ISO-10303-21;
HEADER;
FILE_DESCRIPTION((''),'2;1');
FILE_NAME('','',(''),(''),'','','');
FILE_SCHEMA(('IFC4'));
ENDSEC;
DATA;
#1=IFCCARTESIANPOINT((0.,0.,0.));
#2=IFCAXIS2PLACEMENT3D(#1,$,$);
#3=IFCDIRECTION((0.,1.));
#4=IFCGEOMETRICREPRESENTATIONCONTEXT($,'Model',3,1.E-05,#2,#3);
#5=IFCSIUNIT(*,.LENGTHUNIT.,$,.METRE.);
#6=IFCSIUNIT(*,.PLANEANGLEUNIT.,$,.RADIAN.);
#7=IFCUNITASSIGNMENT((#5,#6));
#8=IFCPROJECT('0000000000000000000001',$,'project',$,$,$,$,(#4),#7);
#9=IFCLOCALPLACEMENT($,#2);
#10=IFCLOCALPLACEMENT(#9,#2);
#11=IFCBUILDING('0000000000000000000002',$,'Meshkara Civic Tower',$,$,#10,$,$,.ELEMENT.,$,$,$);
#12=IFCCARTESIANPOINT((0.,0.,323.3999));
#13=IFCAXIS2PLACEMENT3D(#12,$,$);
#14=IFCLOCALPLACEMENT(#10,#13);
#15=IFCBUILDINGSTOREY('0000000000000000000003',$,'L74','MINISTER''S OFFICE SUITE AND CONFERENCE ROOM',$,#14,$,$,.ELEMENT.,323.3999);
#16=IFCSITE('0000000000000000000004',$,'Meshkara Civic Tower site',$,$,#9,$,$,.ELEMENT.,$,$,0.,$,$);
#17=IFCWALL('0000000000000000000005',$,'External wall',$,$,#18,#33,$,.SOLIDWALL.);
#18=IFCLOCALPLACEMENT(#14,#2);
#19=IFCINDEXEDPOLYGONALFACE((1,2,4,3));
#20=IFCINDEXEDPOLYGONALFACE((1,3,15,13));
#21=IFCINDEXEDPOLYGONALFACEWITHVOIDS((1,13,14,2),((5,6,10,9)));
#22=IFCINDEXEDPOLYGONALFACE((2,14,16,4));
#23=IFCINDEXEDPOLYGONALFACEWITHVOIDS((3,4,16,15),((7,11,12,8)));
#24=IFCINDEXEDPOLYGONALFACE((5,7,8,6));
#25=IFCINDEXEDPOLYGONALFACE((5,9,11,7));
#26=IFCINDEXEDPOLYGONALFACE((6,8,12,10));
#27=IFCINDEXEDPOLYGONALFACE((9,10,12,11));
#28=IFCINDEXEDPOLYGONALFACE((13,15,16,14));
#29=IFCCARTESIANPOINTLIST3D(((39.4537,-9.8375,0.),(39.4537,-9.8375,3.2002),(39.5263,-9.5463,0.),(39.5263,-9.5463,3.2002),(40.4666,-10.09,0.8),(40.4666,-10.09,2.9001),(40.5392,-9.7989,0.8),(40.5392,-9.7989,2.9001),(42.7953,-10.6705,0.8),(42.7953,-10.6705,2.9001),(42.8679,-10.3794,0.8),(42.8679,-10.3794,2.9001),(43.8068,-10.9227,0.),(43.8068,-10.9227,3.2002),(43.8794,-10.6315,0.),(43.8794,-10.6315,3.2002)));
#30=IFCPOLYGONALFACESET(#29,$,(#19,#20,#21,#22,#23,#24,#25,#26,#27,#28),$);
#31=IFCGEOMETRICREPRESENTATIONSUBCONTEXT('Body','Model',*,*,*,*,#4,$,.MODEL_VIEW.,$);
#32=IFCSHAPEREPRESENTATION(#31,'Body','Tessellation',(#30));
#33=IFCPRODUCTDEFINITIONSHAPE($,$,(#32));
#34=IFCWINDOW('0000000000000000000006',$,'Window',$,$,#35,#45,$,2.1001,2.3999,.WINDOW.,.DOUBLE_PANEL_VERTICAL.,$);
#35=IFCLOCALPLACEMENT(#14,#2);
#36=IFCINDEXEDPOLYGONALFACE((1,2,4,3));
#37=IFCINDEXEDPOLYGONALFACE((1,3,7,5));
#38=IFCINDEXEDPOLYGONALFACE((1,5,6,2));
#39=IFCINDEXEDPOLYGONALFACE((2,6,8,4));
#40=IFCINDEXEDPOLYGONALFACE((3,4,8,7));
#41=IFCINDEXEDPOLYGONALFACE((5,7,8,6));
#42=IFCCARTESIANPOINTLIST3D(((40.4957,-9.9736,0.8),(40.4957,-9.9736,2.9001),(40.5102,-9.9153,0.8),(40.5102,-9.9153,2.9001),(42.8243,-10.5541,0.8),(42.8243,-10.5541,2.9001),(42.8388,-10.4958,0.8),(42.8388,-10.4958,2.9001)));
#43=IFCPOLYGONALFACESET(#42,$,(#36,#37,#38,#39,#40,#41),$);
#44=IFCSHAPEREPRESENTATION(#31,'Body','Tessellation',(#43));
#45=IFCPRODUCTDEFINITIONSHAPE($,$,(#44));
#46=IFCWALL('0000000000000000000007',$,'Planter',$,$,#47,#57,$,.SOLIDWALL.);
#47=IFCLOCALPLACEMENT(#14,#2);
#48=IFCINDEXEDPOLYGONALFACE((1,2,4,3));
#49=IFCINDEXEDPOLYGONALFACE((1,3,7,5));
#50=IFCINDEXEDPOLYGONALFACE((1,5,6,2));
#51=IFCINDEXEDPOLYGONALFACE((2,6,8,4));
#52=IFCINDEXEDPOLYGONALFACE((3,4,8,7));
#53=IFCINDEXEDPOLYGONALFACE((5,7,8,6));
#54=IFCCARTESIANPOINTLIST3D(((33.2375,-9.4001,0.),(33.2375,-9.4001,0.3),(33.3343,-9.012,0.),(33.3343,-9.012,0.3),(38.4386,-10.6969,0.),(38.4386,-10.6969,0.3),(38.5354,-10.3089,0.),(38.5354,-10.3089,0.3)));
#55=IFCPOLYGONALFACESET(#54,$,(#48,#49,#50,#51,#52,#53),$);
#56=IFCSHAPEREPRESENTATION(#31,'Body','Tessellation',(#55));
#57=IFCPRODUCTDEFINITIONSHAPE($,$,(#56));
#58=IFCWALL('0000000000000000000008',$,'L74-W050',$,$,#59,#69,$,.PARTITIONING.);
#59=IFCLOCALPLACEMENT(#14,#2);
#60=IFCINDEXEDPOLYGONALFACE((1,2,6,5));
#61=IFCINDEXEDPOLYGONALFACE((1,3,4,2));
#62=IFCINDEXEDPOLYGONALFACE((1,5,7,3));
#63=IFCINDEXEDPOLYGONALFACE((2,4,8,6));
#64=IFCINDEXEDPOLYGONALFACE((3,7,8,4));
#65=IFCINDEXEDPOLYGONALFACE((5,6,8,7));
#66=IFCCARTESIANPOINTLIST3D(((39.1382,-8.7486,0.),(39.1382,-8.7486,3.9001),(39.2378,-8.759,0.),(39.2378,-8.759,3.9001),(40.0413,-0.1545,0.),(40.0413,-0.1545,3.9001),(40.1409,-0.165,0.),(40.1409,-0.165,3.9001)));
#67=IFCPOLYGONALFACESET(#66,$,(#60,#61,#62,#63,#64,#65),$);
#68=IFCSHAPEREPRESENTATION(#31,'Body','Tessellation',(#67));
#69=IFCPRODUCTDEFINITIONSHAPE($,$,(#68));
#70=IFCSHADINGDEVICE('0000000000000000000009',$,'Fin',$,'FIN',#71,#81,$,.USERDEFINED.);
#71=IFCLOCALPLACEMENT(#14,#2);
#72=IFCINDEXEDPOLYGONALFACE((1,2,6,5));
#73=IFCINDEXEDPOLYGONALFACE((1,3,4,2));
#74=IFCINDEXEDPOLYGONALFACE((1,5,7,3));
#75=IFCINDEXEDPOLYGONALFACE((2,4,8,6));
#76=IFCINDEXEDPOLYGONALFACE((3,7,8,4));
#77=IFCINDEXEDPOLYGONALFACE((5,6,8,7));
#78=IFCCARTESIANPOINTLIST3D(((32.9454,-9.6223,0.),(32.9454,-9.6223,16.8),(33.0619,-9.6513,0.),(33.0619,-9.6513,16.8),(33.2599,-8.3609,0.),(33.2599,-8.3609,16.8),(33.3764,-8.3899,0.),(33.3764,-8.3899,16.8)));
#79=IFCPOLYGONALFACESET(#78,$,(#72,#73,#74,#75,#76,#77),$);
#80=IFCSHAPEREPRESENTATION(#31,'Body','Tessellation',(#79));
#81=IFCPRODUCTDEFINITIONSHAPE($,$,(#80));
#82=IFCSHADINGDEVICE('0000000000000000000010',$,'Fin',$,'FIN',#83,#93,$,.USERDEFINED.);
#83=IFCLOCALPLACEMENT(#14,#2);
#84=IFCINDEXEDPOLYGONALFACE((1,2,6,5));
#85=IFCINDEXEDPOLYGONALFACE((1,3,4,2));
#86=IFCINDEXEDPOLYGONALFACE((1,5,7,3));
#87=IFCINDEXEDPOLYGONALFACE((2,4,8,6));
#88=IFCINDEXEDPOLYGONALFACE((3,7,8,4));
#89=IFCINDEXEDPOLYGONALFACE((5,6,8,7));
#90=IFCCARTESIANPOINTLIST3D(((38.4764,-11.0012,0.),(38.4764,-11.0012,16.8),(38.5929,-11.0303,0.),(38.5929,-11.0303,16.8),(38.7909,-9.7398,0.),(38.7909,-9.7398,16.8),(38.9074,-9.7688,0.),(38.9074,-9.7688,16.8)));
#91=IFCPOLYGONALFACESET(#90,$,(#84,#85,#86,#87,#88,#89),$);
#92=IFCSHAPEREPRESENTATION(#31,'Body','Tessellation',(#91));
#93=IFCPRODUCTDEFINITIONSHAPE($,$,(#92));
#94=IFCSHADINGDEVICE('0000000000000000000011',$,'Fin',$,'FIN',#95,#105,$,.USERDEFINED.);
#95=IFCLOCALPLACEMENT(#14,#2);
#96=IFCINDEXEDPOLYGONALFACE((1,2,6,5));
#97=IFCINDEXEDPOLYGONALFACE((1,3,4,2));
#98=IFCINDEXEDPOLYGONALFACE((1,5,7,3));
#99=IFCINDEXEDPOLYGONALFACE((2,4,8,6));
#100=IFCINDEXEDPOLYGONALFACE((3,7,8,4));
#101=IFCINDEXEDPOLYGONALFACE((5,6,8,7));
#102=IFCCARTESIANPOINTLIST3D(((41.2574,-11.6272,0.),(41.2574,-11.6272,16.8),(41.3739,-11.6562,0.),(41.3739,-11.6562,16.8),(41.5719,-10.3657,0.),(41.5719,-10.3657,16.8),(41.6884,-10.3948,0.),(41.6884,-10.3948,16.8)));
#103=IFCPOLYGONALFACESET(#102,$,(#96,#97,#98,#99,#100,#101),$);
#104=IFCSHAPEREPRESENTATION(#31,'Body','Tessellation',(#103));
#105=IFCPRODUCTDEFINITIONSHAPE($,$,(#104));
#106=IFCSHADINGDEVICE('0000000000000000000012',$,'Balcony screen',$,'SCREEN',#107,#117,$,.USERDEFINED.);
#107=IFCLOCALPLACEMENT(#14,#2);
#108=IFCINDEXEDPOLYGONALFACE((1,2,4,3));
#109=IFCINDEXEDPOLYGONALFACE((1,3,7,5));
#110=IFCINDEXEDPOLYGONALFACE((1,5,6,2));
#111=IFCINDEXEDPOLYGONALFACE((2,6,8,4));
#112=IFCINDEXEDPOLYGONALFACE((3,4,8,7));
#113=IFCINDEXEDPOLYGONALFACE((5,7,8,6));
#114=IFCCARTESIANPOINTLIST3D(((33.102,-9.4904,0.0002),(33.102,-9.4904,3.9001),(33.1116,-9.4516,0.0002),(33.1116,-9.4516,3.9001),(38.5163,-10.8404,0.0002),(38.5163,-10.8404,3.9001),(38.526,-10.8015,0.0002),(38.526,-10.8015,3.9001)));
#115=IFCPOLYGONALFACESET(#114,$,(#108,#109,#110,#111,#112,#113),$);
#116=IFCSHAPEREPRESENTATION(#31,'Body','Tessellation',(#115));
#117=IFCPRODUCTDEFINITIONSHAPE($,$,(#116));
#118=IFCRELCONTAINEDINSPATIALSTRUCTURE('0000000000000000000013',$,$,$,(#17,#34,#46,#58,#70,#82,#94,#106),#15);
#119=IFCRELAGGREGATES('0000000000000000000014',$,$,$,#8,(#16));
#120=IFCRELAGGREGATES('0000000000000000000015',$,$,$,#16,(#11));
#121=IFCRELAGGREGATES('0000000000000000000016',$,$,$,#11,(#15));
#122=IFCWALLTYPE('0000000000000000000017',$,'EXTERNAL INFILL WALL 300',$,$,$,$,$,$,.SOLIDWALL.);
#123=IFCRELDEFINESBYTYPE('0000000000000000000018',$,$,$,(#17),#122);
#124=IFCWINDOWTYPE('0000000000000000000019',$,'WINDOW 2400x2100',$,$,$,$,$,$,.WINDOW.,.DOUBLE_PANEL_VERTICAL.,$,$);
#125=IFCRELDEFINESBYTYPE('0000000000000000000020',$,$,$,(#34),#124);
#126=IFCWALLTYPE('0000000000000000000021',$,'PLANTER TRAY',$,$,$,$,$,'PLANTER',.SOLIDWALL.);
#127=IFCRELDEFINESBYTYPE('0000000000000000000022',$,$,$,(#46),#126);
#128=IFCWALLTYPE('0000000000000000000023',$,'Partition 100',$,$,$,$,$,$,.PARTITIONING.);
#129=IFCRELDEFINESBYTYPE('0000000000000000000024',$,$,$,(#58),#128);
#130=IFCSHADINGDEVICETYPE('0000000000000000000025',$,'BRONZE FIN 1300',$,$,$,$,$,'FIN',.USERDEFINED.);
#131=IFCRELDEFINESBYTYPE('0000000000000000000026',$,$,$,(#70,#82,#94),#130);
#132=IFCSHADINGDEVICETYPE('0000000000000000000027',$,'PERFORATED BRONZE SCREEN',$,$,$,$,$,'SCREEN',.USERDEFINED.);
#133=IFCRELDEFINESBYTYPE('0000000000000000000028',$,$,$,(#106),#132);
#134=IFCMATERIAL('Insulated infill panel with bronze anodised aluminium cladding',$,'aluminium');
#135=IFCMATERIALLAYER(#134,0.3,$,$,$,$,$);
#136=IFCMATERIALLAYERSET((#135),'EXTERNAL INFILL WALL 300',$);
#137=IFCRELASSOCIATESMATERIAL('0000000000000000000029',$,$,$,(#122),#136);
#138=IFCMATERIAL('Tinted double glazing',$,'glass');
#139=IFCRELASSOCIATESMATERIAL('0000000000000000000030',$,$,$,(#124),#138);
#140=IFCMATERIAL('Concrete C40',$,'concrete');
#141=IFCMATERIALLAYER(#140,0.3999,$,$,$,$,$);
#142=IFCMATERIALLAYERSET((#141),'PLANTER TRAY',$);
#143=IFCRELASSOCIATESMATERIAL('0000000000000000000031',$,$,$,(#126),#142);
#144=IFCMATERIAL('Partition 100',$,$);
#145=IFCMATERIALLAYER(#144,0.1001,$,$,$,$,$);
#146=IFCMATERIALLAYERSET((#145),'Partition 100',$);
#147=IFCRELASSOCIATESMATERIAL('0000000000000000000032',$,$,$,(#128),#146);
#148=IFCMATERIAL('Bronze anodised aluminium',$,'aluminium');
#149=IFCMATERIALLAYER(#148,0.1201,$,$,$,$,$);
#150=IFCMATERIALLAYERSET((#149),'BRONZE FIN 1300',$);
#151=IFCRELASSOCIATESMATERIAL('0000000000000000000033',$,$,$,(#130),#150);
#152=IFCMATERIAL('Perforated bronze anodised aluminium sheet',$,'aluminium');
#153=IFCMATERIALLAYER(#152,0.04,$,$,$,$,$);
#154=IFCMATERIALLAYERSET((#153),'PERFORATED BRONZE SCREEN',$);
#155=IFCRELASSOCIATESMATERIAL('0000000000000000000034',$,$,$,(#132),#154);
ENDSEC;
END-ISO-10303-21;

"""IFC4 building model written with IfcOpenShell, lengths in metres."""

from ifc_helpers import new_model, si_unit, direction, frame, frame_2d, origin, origin_2d, place, context, subcontext, project, spatial, rectangle, extrude, material, layer, layer_set, type_object, element, fill, save


model = new_model("IFC4")

# Units and contexts
model_context = context("Model", 3, precision=1e-05, world=origin(), true_north=direction((0.0, 1.0)))
body_context = subcontext(model_context, "Body", "Model", "MODEL_VIEW")
ifc_project = project(units=[si_unit("LENGTHUNIT", "METRE"), si_unit("PLANEANGLEUNIT", "RADIAN")], contexts=[model_context])

# Site, building, storey
site_placement = place(None, origin())
site = spatial("IfcSite", under=ifc_project, at=site_placement, Name="Meshkara Civic Tower site", CompositionType="ELEMENT", RefElevation=0.0)
building_placement = place(site_placement, origin())
building = spatial("IfcBuilding", under=site, at=building_placement, Name="Meshkara Civic Tower", CompositionType="ELEMENT")
storey_placement = place(building_placement, frame((0.0, 0.0, 323.3999)))
storey = spatial("IfcBuildingStorey", under=building, at=storey_placement, Name="L74", Description="MINISTER'S OFFICE SUITE AND CONFERENCE ROOM", CompositionType="ELEMENT", Elevation=323.3999)

# Wall, opening, window
ifc_material_1 = material(Name="Insulated infill panel with bronze anodised aluminium cladding", Category="aluminium")
ifc_layer_1 = layer(ifc_material_1, 0.3)
ifc_layer_set_1 = layer_set([ifc_layer_1], Name="EXTERNAL INFILL WALL 300")
wall_type_1 = type_object("IfcWallType", Name="EXTERNAL INFILL WALL 300", PredefinedType="SOLIDWALL", material=ifc_layer_set_1)
wall_1_placement = place(storey_placement, frame((39.49, -9.6919, 0.0), z_axis=(0.0, 0.0, 1.0), x_axis=(0.970302, -0.241895, 0.0)))
wall_1 = element("IfcWall", 1, at=wall_1_placement, inside=storey, type_object=wall_type_1, Name="External wall", PredefinedType="SOLIDWALL", context=body_context, shape_type="SweptSolid", body=[
    extrude(rectangle(XDim=4.4863, YDim=0.3, at=frame_2d((2.2432, 0.0))), origin(), (0.0, 0.0, 1.0), 3.2002),
])
opening_1_placement = place(wall_1_placement, frame((1.0439, 0.0, 0.8)))
opening_1 = element("IfcOpeningElement", 2, at=opening_1_placement, cuts=wall_1, PredefinedType="OPENING", context=body_context, shape_type="SweptSolid", body=[
    extrude(rectangle(XDim=2.3999, YDim=2.1001, at=frame_2d((1.2, 1.05))), frame((0.0, 0.1599, 0.0), z_axis=(0.0, -1.0, 0.0), x_axis=(1.0, 0.0, 0.0)), (0.0, 0.0, 1.0), 0.3201),
])
ifc_material_2 = material(Name="Tinted double glazing", Category="glass")
window_type = type_object("IfcWindowType", Name="WINDOW 2400x2100", PartitioningType="DOUBLE_PANEL_VERTICAL", PredefinedType="WINDOW", material=ifc_material_2)
window_placement = place(opening_1_placement, origin())
window = element("IfcWindow", 3, at=window_placement, inside=storey, type_object=window_type, Name="Window", OverallHeight=2.1001, OverallWidth=2.3999, PartitioningType="DOUBLE_PANEL_VERTICAL", PredefinedType="WINDOW", context=body_context, shape_type="SweptSolid", body=[
    extrude(rectangle(XDim=2.3999, YDim=2.1001, at=frame_2d((1.2, 1.05))), frame((0.0, 0.03, 0.0), z_axis=(0.0, -1.0, 0.0), x_axis=(1.0, 0.0, 0.0)), (0.0, 0.0, 1.0), 0.0601),
])
fill(opening_1, window)

# Walls
ifc_material_3 = material(Name="Concrete C40", Category="concrete")
ifc_layer_2 = layer(ifc_material_3, 0.3999)
ifc_layer_set_2 = layer_set([ifc_layer_2], Name="PLANTER TRAY")
wall_type_2 = type_object("IfcWallType", Name="PLANTER TRAY", ElementType="PLANTER", PredefinedType="SOLIDWALL", material=ifc_layer_set_2)
wall_2_placement = place(storey_placement, frame((33.2859, -9.2061, 0.0), z_axis=(0.0, 0.0, 1.0), x_axis=(0.970292, -0.241935, 0.0)))
element("IfcWall", 4, at=wall_2_placement, inside=storey, type_object=wall_type_2, Name="Planter", PredefinedType="SOLIDWALL", context=body_context, shape_type="SweptSolid", body=[
    extrude(rectangle(XDim=5.3604, YDim=0.3999, at=frame_2d((2.6802, 0.0))), origin(), (0.0, 0.0, 1.0), 0.3),
])
ifc_material_4 = material(Name="Partition 100")
ifc_layer_3 = layer(ifc_material_4, 0.1001)
ifc_layer_set_3 = layer_set([ifc_layer_3], Name="Partition 100")
wall_type_3 = type_object("IfcWallType", Name="Partition 100", PredefinedType="PARTITIONING", material=ifc_layer_set_3)
wall_3_placement = place(storey_placement, frame((39.188, -8.7539, 0.0), z_axis=(0.0, 0.0, 1.0), x_axis=(0.104507, 0.994524, 0.0)))
element("IfcWall", 5, at=wall_3_placement, inside=storey, type_object=wall_type_3, Name="L74-W050", PredefinedType="PARTITIONING", context=body_context, shape_type="SweptSolid", body=[
    extrude(rectangle(XDim=8.6414, YDim=0.1001, at=frame_2d((4.3208, 0.0))), origin(), (0.0, 0.0, 1.0), 3.9001),
])

# Shading devices
ifc_material_5 = material(Name="Bronze anodised aluminium", Category="aluminium")
ifc_layer_4 = layer(ifc_material_5, 0.1201)
ifc_layer_set_4 = layer_set([ifc_layer_4], Name="BRONZE FIN 1300")
shading_device_type_1 = type_object("IfcShadingDeviceType", Name="BRONZE FIN 1300", ElementType="FIN", PredefinedType="USERDEFINED", material=ifc_layer_set_4)
for number, where, z_axis, x_axis, name in (
    (6, (33.1609, -9.0061, 0.0), (0.0, 0.0, 1.0), (0.970296, -0.241922, 0.0), "Fin"),
    (7, (38.6919, -10.385, 0.0), (0.0, 0.0, 1.0), (0.970296, -0.241922, 0.0), "Fin"),
    (8, (41.4729, -11.011, 0.0), (0.0, 0.0, 1.0), (0.970296, -0.241922, 0.0), "Fin"),
):
    element("IfcShadingDevice", number, at=place(storey_placement, frame(where, z_axis=z_axis, x_axis=x_axis)), inside=storey, type_object=shading_device_type_1, Name=name, ObjectType="FIN", PredefinedType="USERDEFINED", context=body_context, shape_type="SweptSolid", body=[
        extrude(rectangle(XDim=0.1201, YDim=1.3, at=origin_2d()), origin(), (0.0, 0.0, 1.0), 16.8),
    ])
ifc_material_6 = material(Name="Perforated bronze anodised aluminium sheet", Category="aluminium")
ifc_layer_5 = layer(ifc_material_6, 0.04)
ifc_layer_set_5 = layer_set([ifc_layer_5], Name="PERFORATED BRONZE SCREEN")
shading_device_type_2 = type_object("IfcShadingDeviceType", Name="PERFORATED BRONZE SCREEN", ElementType="SCREEN", PredefinedType="USERDEFINED", material=ifc_layer_set_5)
shading_device_placement = place(storey_placement, frame((35.814, -10.146, 0.0002), z_axis=(0.0, 0.0, 1.0), x_axis=(0.970296, -0.241922, 0.0)))
element("IfcShadingDevice", 9, at=shading_device_placement, inside=storey, type_object=shading_device_type_2, Name="Balcony screen", ObjectType="SCREEN", PredefinedType="USERDEFINED", context=body_context, shape_type="SweptSolid", body=[
    extrude(rectangle(XDim=5.5801, YDim=0.04, at=origin_2d()), origin(), (0.0, 0.0, 1.0), 3.8999),
])

save(model, "model.ifc")
